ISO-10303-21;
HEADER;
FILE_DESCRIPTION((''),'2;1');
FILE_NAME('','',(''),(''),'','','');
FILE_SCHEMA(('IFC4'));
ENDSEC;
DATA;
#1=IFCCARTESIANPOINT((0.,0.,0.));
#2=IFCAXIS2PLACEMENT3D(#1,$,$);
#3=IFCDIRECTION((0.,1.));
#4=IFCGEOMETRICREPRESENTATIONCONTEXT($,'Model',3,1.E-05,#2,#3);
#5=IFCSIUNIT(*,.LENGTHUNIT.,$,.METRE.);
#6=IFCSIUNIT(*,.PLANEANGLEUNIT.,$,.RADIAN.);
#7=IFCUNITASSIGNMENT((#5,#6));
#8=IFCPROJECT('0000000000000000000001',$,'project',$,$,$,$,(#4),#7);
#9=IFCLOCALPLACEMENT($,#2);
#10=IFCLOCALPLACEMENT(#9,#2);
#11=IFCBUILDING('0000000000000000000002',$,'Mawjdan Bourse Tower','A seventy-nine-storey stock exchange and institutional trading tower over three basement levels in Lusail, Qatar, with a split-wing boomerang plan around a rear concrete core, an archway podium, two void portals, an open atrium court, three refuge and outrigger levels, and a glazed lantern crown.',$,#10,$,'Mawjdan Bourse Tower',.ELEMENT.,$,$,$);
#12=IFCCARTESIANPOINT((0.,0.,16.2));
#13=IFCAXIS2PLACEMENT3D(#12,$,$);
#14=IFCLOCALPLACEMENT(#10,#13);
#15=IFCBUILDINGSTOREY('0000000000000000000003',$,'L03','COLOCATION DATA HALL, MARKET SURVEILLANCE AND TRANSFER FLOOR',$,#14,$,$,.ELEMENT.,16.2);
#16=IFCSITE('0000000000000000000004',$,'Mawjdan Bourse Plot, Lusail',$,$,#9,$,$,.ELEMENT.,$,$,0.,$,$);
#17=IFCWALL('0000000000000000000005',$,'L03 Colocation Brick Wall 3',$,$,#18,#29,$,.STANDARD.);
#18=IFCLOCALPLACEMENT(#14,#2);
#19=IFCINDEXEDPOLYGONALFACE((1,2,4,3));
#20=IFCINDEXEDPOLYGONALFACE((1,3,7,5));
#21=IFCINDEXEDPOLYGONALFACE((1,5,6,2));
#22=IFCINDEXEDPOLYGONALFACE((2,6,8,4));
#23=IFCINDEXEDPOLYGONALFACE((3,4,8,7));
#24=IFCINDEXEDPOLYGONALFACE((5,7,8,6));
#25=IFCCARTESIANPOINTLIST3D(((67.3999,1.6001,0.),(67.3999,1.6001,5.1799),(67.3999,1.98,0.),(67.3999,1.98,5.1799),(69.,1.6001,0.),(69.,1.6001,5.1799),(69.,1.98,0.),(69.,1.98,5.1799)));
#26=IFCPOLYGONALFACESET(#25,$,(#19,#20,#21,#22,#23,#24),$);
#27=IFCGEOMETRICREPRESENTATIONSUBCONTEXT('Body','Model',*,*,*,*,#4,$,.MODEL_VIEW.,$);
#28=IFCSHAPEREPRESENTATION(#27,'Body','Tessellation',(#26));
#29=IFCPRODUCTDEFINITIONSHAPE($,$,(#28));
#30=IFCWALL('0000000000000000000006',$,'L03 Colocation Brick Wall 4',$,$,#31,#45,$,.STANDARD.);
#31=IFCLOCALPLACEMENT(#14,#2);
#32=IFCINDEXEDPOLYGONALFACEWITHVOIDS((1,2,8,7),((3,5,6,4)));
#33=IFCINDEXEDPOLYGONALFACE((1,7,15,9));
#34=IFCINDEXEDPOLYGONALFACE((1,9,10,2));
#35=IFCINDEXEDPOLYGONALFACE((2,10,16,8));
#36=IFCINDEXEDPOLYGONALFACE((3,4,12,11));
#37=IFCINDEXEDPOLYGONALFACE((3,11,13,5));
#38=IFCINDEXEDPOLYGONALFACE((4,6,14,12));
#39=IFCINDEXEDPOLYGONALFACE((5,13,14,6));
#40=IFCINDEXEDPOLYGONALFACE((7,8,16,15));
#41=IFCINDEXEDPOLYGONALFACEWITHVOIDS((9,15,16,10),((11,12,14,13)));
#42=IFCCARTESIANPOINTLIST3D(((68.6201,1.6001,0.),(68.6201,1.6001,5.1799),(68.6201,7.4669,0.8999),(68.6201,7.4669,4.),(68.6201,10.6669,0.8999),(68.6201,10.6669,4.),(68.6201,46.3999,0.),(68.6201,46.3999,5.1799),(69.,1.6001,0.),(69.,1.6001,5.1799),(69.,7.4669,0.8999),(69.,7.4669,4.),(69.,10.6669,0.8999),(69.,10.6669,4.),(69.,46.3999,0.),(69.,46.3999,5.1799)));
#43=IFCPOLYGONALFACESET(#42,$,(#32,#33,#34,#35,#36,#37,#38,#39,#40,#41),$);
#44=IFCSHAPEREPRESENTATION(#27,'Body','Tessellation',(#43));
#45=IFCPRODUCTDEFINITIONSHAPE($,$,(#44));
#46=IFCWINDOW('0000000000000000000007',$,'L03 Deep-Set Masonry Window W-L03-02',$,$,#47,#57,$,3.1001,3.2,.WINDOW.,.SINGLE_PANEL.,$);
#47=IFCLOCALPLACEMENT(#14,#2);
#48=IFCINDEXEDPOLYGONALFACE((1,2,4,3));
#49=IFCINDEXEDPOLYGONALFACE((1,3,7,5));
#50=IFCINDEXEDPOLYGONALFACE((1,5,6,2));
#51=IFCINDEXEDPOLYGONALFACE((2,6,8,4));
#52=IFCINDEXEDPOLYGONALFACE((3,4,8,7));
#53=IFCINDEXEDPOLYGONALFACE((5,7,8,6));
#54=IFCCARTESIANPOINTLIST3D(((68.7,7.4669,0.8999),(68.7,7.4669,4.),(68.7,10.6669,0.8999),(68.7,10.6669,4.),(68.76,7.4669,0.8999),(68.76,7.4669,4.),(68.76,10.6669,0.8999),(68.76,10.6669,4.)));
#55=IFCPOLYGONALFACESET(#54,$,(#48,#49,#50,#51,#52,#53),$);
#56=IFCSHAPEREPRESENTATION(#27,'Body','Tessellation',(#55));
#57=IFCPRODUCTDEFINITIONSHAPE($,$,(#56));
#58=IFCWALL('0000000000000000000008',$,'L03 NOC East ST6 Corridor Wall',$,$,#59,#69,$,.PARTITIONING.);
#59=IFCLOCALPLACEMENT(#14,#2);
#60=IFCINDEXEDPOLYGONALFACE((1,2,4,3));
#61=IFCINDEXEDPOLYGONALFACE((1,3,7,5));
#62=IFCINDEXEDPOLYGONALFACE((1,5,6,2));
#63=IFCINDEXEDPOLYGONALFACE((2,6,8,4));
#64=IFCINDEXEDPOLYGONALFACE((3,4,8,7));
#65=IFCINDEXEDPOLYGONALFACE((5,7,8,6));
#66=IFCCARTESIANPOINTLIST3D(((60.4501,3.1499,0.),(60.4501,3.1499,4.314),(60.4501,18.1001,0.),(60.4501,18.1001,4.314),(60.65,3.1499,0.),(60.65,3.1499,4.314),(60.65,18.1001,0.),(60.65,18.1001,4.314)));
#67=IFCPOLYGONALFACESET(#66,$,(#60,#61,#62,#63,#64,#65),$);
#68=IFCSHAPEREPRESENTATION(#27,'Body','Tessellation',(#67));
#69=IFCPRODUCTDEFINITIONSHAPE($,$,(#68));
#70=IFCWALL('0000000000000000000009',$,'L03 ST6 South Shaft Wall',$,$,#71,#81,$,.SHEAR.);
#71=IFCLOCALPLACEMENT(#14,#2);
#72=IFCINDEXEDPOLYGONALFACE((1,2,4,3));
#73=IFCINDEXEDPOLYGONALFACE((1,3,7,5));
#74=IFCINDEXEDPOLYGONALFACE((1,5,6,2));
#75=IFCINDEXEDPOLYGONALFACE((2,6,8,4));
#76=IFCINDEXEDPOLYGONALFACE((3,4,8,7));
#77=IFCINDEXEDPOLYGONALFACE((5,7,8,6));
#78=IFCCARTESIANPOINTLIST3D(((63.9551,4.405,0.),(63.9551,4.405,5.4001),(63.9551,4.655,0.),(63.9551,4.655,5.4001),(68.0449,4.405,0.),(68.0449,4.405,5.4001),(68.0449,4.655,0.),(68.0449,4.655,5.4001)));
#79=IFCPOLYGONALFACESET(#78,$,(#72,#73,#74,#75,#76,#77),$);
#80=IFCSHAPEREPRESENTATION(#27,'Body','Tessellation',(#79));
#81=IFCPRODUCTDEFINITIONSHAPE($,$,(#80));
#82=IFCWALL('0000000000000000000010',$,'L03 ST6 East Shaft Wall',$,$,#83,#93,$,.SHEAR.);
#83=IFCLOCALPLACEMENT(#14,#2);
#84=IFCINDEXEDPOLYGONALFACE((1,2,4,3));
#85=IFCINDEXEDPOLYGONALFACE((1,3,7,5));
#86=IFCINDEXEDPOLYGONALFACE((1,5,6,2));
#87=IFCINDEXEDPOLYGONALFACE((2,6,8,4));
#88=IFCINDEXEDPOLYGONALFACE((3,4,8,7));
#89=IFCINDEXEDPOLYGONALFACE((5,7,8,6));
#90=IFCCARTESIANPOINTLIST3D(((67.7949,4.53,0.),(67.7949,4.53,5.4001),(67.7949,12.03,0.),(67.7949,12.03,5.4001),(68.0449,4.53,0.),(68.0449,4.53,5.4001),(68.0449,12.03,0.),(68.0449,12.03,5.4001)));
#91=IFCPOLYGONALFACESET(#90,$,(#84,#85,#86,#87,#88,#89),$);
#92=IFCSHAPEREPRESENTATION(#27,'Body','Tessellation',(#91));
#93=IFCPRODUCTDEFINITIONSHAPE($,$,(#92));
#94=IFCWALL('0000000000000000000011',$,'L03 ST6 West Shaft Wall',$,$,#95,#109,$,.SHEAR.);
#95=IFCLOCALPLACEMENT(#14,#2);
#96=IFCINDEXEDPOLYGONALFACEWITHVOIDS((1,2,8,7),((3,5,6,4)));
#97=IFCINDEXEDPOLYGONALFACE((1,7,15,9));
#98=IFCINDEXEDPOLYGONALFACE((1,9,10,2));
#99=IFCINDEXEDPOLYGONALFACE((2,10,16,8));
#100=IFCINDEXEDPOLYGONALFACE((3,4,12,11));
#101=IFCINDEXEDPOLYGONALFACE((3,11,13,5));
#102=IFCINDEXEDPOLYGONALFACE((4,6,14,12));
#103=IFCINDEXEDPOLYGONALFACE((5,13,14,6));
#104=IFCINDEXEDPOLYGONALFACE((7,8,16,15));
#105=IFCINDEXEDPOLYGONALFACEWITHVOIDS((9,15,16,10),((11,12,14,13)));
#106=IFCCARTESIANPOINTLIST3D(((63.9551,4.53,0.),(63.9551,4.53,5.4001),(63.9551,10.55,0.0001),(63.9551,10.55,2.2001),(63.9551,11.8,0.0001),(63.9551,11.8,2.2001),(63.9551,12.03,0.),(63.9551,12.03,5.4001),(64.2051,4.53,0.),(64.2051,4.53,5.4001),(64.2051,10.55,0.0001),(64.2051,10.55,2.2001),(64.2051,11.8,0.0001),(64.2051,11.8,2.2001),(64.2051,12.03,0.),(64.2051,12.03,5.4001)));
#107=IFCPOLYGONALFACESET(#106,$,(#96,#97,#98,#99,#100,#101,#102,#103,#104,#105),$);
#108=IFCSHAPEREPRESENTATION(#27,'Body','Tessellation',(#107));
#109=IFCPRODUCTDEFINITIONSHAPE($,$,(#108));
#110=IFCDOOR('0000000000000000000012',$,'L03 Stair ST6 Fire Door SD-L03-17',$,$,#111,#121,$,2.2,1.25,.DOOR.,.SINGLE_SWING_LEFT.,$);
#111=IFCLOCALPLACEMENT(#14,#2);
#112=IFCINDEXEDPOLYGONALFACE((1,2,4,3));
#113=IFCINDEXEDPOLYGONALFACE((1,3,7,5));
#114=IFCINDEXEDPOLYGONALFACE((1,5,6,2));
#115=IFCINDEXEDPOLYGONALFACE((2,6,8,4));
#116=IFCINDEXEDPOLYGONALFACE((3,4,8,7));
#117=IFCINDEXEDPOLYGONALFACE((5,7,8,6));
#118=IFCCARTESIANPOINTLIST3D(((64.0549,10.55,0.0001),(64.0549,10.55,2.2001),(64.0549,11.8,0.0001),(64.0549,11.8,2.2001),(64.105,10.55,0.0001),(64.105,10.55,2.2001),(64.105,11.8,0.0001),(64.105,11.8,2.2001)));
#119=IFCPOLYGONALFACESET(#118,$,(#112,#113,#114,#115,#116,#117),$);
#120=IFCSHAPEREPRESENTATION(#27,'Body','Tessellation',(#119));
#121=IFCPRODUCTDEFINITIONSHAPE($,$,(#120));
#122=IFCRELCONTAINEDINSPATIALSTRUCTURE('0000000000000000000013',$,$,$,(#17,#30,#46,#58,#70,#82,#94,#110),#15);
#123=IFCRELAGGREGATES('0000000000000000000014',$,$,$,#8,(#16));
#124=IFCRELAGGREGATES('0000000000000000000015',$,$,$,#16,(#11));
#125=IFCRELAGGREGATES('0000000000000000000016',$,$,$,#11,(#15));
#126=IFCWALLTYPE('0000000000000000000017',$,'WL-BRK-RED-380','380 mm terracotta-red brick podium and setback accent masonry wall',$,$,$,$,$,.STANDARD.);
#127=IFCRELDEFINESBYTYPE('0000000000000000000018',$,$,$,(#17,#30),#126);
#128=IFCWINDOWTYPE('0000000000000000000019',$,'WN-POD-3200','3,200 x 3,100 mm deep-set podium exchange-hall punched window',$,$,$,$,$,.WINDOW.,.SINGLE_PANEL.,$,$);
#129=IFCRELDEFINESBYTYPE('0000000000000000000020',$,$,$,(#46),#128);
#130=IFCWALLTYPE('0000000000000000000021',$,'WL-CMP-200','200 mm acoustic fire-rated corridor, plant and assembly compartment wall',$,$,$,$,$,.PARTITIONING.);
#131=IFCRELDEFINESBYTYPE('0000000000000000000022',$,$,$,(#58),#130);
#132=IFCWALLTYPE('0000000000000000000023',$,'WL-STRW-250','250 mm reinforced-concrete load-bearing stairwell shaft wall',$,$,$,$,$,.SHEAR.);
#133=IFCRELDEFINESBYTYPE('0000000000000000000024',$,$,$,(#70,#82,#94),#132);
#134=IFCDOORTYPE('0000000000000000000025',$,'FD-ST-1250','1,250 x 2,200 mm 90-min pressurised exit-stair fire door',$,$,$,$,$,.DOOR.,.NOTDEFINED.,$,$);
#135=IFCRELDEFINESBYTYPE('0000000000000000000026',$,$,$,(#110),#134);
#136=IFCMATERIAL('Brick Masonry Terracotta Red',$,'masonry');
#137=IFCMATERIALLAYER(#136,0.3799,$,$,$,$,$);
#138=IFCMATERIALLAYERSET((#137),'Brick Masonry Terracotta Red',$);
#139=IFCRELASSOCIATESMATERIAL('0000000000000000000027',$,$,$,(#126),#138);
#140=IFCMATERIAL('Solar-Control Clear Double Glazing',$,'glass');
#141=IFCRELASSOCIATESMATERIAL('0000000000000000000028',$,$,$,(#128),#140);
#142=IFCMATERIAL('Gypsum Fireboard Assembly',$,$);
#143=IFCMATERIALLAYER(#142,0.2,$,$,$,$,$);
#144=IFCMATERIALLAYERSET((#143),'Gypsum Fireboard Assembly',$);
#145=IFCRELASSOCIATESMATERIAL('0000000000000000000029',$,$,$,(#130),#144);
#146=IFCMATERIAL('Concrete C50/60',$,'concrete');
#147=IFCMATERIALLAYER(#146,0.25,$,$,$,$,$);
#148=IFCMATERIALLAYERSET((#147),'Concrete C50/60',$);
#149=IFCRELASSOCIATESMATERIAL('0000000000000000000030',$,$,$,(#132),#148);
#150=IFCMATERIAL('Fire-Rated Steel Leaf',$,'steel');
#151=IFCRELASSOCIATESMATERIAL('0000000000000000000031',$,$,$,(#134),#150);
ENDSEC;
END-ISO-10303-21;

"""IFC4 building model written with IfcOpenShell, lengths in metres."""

from ifc_helpers import new_model, si_unit, direction, frame, frame_2d, origin, place, context, subcontext, project, spatial, rectangle, extrude, material, layer, layer_set, type_object, element, fill, save


model = new_model("IFC4")

# Units and contexts
model_context = context("Model", 3, precision=1e-05, world=origin(), true_north=direction((0.0, 1.0)))
body_context = subcontext(model_context, "Body", "Model", "MODEL_VIEW")
ifc_project = project(units=[si_unit("LENGTHUNIT", "METRE"), si_unit("PLANEANGLEUNIT", "RADIAN")], contexts=[model_context])

# Site, building, storey
site_placement = place(None, origin())
site = spatial("IfcSite", under=ifc_project, at=site_placement, Name="Mawjdan Bourse Plot, Lusail", CompositionType="ELEMENT", RefElevation=0.0)
building_placement = place(site_placement, origin())
building = spatial("IfcBuilding", under=site, at=building_placement, Name="Mawjdan Bourse Tower", Description="A seventy-nine-storey stock exchange and institutional trading tower over three basement levels in Lusail, Qatar, with a split-wing boomerang plan around a rear concrete core, an archway podium, two void portals, an open atrium court, three refuge and outrigger levels, and a glazed lantern crown.", LongName="Mawjdan Bourse Tower", CompositionType="ELEMENT")
storey_placement = place(building_placement, frame((0.0, 0.0, 16.2)))
storey = spatial("IfcBuildingStorey", under=building, at=storey_placement, Name="L03", Description="COLOCATION DATA HALL, MARKET SURVEILLANCE AND TRANSFER FLOOR", CompositionType="ELEMENT", Elevation=16.2)

# Wall
ifc_material_1 = material(Name="Brick Masonry Terracotta Red", Category="masonry")
ifc_layer_1 = layer(ifc_material_1, 0.3799)
ifc_layer_set_1 = layer_set([ifc_layer_1], Name="Brick Masonry Terracotta Red")
wall_type_1 = type_object("IfcWallType", Name="WL-BRK-RED-380", Description="380 mm terracotta-red brick podium and setback accent masonry wall", PredefinedType="STANDARD", material=ifc_layer_set_1)
for number, where, z_axis, x_axis, name in (
    (1, (67.3999, 1.79, 0.0), (0.0, 0.0, 1.0), (1.0, 0.0, 0.0), "L03 Colocation Brick Wall 3"),
):
    element("IfcWall", number, at=place(storey_placement, frame(where, z_axis=z_axis, x_axis=x_axis)), inside=storey, type_object=wall_type_1, Name=name, PredefinedType="STANDARD", context=body_context, shape_type="SweptSolid", body=[
        extrude(rectangle(XDim=1.6001, YDim=0.3799, at=frame_2d((0.8, 0.0))), origin(), (0.0, 0.0, 1.0), 5.1799),
    ])

# Wall, opening, window
wall_1_placement = place(storey_placement, frame((68.8101, 1.6001, 0.0), z_axis=(0.0, 0.0, 1.0), x_axis=(0.0, 1.0, 0.0)))
wall_1 = element("IfcWall", 2, at=wall_1_placement, inside=storey, type_object=wall_type_1, Name="L03 Colocation Brick Wall 4", PredefinedType="STANDARD", context=body_context, shape_type="SweptSolid", body=[
    extrude(rectangle(XDim=44.7998, YDim=0.3799, at=frame_2d((22.3999, 0.0))), origin(), (0.0, 0.0, 1.0), 5.1799),
])
opening_1_placement = place(wall_1_placement, frame((5.8667, 0.0, 0.8999)))
opening_1 = element("IfcOpeningElement", 3, at=opening_1_placement, cuts=wall_1, PredefinedType="OPENING", context=body_context, shape_type="SweptSolid", body=[
    extrude(rectangle(XDim=3.2, YDim=3.1001, at=frame_2d((1.6001, 1.55))), frame((0.0, 0.2, 0.0), z_axis=(0.0, -1.0, 0.0), x_axis=(1.0, 0.0, 0.0)), (0.0, 0.0, 1.0), 0.3999),
])
ifc_material_2 = material(Name="Solar-Control Clear Double Glazing", Category="glass")
window_type = type_object("IfcWindowType", Name="WN-POD-3200", Description="3,200 x 3,100 mm deep-set podium exchange-hall punched window", PartitioningType="SINGLE_PANEL", PredefinedType="WINDOW", material=ifc_material_2)
window_placement = place(opening_1_placement, origin())
window = element("IfcWindow", 4, at=window_placement, inside=storey, type_object=window_type, Name="L03 Deep-Set Masonry Window W-L03-02", OverallHeight=3.1001, OverallWidth=3.2, PartitioningType="SINGLE_PANEL", PredefinedType="WINDOW", context=body_context, shape_type="SweptSolid", body=[
    extrude(rectangle(XDim=3.2, YDim=3.1001, at=frame_2d((1.6001, 1.55))), frame((0.0, 0.1101, 0.0), z_axis=(0.0, -1.0, 0.0), x_axis=(1.0, 0.0, 0.0)), (0.0, 0.0, 1.0), 0.0601),
])
fill(opening_1, window)

# Walls
ifc_material_3 = material(Name="Gypsum Fireboard Assembly")
ifc_layer_2 = layer(ifc_material_3, 0.2)
ifc_layer_set_2 = layer_set([ifc_layer_2], Name="Gypsum Fireboard Assembly")
wall_type_2 = type_object("IfcWallType", Name="WL-CMP-200", Description="200 mm acoustic fire-rated corridor, plant and assembly compartment wall", PredefinedType="PARTITIONING", material=ifc_layer_set_2)
wall_2_placement = place(storey_placement, frame((60.55, 3.1499, 0.0), z_axis=(0.0, 0.0, 1.0), x_axis=(0.0, 1.0, 0.0)))
element("IfcWall", 5, at=wall_2_placement, inside=storey, type_object=wall_type_2, Name="L03 NOC East ST6 Corridor Wall", PredefinedType="PARTITIONING", context=body_context, shape_type="SweptSolid", body=[
    extrude(rectangle(XDim=14.9502, YDim=0.2, at=frame_2d((7.4751, 0.0))), origin(), (0.0, 0.0, 1.0), 4.314),
])
ifc_material_4 = material(Name="Concrete C50/60", Category="concrete")
ifc_layer_3 = layer(ifc_material_4, 0.25)
ifc_layer_set_3 = layer_set([ifc_layer_3], Name="Concrete C50/60")
wall_type_3 = type_object("IfcWallType", Name="WL-STRW-250", Description="250 mm reinforced-concrete load-bearing stairwell shaft wall", PredefinedType="SHEAR", material=ifc_layer_set_3)
wall_3_placement = place(storey_placement, frame((63.9551, 4.53, 0.0), z_axis=(0.0, 0.0, 1.0), x_axis=(1.0, 0.0, 0.0)))
element("IfcWall", 6, at=wall_3_placement, inside=storey, type_object=wall_type_3, Name="L03 ST6 South Shaft Wall", PredefinedType="SHEAR", context=body_context, shape_type="SweptSolid", body=[
    extrude(rectangle(XDim=4.0898, YDim=0.25, at=frame_2d((2.0449, 0.0))), origin(), (0.0, 0.0, 1.0), 5.4001),
])
wall_4_placement = place(storey_placement, frame((67.9199, 4.53, 0.0), z_axis=(0.0, 0.0, 1.0), x_axis=(0.0, 1.0, 0.0)))
element("IfcWall", 7, at=wall_4_placement, inside=storey, type_object=wall_type_3, Name="L03 ST6 East Shaft Wall", PredefinedType="SHEAR", context=body_context, shape_type="SweptSolid", body=[
    extrude(rectangle(XDim=7.5, YDim=0.25, at=frame_2d((3.75, 0.0))), origin(), (0.0, 0.0, 1.0), 5.4001),
])

# Wall, opening, door
wall_5_placement = place(storey_placement, frame((64.0801, 4.53, 0.0), z_axis=(0.0, 0.0, 1.0), x_axis=(0.0, 1.0, 0.0)))
wall_5 = element("IfcWall", 8, at=wall_5_placement, inside=storey, type_object=wall_type_3, Name="L03 ST6 West Shaft Wall", PredefinedType="SHEAR", context=body_context, shape_type="SweptSolid", body=[
    extrude(rectangle(XDim=7.5, YDim=0.25, at=frame_2d((3.75, 0.0))), origin(), (0.0, 0.0, 1.0), 5.4001),
])
opening_2_placement = place(wall_5_placement, frame((6.02, 0.0, 0.0)))
opening_2 = element("IfcOpeningElement", 9, at=opening_2_placement, cuts=wall_5, PredefinedType="OPENING", context=body_context, shape_type="SweptSolid", body=[
    extrude(rectangle(XDim=1.25, YDim=2.2, at=frame_2d((0.625, 1.1001))), frame((0.0, 0.135, 0.0), z_axis=(0.0, -1.0, 0.0), x_axis=(1.0, 0.0, 0.0)), (0.0, 0.0, 1.0), 0.27),
])
ifc_material_5 = material(Name="Fire-Rated Steel Leaf", Category="steel")
door_type = type_object("IfcDoorType", Name="FD-ST-1250", Description="1,250 x 2,200 mm 90-min pressurised exit-stair fire door", OperationType="NOTDEFINED", PredefinedType="DOOR", material=ifc_material_5)
door_placement = place(opening_2_placement, frame((1.25, 0.0, 0.0), z_axis=(0.0, 0.0, 1.0), x_axis=(-1.0, 0.0, 0.0)))
door = element("IfcDoor", 10, at=door_placement, inside=storey, type_object=door_type, Name="L03 Stair ST6 Fire Door SD-L03-17", OperationType="SINGLE_SWING_LEFT", OverallHeight=2.2, OverallWidth=1.25, PredefinedType="DOOR", context=body_context, shape_type="SweptSolid", body=[
    extrude(rectangle(XDim=1.25, YDim=2.2, at=frame_2d((0.625, 1.1001))), frame((0.0, 0.0249, 0.0), z_axis=(0.0, -1.0, 0.0), x_axis=(1.0, 0.0, 0.0)), (0.0, 0.0, 1.0), 0.05),
])
fill(opening_2, door)

save(model, "model.ifc")
